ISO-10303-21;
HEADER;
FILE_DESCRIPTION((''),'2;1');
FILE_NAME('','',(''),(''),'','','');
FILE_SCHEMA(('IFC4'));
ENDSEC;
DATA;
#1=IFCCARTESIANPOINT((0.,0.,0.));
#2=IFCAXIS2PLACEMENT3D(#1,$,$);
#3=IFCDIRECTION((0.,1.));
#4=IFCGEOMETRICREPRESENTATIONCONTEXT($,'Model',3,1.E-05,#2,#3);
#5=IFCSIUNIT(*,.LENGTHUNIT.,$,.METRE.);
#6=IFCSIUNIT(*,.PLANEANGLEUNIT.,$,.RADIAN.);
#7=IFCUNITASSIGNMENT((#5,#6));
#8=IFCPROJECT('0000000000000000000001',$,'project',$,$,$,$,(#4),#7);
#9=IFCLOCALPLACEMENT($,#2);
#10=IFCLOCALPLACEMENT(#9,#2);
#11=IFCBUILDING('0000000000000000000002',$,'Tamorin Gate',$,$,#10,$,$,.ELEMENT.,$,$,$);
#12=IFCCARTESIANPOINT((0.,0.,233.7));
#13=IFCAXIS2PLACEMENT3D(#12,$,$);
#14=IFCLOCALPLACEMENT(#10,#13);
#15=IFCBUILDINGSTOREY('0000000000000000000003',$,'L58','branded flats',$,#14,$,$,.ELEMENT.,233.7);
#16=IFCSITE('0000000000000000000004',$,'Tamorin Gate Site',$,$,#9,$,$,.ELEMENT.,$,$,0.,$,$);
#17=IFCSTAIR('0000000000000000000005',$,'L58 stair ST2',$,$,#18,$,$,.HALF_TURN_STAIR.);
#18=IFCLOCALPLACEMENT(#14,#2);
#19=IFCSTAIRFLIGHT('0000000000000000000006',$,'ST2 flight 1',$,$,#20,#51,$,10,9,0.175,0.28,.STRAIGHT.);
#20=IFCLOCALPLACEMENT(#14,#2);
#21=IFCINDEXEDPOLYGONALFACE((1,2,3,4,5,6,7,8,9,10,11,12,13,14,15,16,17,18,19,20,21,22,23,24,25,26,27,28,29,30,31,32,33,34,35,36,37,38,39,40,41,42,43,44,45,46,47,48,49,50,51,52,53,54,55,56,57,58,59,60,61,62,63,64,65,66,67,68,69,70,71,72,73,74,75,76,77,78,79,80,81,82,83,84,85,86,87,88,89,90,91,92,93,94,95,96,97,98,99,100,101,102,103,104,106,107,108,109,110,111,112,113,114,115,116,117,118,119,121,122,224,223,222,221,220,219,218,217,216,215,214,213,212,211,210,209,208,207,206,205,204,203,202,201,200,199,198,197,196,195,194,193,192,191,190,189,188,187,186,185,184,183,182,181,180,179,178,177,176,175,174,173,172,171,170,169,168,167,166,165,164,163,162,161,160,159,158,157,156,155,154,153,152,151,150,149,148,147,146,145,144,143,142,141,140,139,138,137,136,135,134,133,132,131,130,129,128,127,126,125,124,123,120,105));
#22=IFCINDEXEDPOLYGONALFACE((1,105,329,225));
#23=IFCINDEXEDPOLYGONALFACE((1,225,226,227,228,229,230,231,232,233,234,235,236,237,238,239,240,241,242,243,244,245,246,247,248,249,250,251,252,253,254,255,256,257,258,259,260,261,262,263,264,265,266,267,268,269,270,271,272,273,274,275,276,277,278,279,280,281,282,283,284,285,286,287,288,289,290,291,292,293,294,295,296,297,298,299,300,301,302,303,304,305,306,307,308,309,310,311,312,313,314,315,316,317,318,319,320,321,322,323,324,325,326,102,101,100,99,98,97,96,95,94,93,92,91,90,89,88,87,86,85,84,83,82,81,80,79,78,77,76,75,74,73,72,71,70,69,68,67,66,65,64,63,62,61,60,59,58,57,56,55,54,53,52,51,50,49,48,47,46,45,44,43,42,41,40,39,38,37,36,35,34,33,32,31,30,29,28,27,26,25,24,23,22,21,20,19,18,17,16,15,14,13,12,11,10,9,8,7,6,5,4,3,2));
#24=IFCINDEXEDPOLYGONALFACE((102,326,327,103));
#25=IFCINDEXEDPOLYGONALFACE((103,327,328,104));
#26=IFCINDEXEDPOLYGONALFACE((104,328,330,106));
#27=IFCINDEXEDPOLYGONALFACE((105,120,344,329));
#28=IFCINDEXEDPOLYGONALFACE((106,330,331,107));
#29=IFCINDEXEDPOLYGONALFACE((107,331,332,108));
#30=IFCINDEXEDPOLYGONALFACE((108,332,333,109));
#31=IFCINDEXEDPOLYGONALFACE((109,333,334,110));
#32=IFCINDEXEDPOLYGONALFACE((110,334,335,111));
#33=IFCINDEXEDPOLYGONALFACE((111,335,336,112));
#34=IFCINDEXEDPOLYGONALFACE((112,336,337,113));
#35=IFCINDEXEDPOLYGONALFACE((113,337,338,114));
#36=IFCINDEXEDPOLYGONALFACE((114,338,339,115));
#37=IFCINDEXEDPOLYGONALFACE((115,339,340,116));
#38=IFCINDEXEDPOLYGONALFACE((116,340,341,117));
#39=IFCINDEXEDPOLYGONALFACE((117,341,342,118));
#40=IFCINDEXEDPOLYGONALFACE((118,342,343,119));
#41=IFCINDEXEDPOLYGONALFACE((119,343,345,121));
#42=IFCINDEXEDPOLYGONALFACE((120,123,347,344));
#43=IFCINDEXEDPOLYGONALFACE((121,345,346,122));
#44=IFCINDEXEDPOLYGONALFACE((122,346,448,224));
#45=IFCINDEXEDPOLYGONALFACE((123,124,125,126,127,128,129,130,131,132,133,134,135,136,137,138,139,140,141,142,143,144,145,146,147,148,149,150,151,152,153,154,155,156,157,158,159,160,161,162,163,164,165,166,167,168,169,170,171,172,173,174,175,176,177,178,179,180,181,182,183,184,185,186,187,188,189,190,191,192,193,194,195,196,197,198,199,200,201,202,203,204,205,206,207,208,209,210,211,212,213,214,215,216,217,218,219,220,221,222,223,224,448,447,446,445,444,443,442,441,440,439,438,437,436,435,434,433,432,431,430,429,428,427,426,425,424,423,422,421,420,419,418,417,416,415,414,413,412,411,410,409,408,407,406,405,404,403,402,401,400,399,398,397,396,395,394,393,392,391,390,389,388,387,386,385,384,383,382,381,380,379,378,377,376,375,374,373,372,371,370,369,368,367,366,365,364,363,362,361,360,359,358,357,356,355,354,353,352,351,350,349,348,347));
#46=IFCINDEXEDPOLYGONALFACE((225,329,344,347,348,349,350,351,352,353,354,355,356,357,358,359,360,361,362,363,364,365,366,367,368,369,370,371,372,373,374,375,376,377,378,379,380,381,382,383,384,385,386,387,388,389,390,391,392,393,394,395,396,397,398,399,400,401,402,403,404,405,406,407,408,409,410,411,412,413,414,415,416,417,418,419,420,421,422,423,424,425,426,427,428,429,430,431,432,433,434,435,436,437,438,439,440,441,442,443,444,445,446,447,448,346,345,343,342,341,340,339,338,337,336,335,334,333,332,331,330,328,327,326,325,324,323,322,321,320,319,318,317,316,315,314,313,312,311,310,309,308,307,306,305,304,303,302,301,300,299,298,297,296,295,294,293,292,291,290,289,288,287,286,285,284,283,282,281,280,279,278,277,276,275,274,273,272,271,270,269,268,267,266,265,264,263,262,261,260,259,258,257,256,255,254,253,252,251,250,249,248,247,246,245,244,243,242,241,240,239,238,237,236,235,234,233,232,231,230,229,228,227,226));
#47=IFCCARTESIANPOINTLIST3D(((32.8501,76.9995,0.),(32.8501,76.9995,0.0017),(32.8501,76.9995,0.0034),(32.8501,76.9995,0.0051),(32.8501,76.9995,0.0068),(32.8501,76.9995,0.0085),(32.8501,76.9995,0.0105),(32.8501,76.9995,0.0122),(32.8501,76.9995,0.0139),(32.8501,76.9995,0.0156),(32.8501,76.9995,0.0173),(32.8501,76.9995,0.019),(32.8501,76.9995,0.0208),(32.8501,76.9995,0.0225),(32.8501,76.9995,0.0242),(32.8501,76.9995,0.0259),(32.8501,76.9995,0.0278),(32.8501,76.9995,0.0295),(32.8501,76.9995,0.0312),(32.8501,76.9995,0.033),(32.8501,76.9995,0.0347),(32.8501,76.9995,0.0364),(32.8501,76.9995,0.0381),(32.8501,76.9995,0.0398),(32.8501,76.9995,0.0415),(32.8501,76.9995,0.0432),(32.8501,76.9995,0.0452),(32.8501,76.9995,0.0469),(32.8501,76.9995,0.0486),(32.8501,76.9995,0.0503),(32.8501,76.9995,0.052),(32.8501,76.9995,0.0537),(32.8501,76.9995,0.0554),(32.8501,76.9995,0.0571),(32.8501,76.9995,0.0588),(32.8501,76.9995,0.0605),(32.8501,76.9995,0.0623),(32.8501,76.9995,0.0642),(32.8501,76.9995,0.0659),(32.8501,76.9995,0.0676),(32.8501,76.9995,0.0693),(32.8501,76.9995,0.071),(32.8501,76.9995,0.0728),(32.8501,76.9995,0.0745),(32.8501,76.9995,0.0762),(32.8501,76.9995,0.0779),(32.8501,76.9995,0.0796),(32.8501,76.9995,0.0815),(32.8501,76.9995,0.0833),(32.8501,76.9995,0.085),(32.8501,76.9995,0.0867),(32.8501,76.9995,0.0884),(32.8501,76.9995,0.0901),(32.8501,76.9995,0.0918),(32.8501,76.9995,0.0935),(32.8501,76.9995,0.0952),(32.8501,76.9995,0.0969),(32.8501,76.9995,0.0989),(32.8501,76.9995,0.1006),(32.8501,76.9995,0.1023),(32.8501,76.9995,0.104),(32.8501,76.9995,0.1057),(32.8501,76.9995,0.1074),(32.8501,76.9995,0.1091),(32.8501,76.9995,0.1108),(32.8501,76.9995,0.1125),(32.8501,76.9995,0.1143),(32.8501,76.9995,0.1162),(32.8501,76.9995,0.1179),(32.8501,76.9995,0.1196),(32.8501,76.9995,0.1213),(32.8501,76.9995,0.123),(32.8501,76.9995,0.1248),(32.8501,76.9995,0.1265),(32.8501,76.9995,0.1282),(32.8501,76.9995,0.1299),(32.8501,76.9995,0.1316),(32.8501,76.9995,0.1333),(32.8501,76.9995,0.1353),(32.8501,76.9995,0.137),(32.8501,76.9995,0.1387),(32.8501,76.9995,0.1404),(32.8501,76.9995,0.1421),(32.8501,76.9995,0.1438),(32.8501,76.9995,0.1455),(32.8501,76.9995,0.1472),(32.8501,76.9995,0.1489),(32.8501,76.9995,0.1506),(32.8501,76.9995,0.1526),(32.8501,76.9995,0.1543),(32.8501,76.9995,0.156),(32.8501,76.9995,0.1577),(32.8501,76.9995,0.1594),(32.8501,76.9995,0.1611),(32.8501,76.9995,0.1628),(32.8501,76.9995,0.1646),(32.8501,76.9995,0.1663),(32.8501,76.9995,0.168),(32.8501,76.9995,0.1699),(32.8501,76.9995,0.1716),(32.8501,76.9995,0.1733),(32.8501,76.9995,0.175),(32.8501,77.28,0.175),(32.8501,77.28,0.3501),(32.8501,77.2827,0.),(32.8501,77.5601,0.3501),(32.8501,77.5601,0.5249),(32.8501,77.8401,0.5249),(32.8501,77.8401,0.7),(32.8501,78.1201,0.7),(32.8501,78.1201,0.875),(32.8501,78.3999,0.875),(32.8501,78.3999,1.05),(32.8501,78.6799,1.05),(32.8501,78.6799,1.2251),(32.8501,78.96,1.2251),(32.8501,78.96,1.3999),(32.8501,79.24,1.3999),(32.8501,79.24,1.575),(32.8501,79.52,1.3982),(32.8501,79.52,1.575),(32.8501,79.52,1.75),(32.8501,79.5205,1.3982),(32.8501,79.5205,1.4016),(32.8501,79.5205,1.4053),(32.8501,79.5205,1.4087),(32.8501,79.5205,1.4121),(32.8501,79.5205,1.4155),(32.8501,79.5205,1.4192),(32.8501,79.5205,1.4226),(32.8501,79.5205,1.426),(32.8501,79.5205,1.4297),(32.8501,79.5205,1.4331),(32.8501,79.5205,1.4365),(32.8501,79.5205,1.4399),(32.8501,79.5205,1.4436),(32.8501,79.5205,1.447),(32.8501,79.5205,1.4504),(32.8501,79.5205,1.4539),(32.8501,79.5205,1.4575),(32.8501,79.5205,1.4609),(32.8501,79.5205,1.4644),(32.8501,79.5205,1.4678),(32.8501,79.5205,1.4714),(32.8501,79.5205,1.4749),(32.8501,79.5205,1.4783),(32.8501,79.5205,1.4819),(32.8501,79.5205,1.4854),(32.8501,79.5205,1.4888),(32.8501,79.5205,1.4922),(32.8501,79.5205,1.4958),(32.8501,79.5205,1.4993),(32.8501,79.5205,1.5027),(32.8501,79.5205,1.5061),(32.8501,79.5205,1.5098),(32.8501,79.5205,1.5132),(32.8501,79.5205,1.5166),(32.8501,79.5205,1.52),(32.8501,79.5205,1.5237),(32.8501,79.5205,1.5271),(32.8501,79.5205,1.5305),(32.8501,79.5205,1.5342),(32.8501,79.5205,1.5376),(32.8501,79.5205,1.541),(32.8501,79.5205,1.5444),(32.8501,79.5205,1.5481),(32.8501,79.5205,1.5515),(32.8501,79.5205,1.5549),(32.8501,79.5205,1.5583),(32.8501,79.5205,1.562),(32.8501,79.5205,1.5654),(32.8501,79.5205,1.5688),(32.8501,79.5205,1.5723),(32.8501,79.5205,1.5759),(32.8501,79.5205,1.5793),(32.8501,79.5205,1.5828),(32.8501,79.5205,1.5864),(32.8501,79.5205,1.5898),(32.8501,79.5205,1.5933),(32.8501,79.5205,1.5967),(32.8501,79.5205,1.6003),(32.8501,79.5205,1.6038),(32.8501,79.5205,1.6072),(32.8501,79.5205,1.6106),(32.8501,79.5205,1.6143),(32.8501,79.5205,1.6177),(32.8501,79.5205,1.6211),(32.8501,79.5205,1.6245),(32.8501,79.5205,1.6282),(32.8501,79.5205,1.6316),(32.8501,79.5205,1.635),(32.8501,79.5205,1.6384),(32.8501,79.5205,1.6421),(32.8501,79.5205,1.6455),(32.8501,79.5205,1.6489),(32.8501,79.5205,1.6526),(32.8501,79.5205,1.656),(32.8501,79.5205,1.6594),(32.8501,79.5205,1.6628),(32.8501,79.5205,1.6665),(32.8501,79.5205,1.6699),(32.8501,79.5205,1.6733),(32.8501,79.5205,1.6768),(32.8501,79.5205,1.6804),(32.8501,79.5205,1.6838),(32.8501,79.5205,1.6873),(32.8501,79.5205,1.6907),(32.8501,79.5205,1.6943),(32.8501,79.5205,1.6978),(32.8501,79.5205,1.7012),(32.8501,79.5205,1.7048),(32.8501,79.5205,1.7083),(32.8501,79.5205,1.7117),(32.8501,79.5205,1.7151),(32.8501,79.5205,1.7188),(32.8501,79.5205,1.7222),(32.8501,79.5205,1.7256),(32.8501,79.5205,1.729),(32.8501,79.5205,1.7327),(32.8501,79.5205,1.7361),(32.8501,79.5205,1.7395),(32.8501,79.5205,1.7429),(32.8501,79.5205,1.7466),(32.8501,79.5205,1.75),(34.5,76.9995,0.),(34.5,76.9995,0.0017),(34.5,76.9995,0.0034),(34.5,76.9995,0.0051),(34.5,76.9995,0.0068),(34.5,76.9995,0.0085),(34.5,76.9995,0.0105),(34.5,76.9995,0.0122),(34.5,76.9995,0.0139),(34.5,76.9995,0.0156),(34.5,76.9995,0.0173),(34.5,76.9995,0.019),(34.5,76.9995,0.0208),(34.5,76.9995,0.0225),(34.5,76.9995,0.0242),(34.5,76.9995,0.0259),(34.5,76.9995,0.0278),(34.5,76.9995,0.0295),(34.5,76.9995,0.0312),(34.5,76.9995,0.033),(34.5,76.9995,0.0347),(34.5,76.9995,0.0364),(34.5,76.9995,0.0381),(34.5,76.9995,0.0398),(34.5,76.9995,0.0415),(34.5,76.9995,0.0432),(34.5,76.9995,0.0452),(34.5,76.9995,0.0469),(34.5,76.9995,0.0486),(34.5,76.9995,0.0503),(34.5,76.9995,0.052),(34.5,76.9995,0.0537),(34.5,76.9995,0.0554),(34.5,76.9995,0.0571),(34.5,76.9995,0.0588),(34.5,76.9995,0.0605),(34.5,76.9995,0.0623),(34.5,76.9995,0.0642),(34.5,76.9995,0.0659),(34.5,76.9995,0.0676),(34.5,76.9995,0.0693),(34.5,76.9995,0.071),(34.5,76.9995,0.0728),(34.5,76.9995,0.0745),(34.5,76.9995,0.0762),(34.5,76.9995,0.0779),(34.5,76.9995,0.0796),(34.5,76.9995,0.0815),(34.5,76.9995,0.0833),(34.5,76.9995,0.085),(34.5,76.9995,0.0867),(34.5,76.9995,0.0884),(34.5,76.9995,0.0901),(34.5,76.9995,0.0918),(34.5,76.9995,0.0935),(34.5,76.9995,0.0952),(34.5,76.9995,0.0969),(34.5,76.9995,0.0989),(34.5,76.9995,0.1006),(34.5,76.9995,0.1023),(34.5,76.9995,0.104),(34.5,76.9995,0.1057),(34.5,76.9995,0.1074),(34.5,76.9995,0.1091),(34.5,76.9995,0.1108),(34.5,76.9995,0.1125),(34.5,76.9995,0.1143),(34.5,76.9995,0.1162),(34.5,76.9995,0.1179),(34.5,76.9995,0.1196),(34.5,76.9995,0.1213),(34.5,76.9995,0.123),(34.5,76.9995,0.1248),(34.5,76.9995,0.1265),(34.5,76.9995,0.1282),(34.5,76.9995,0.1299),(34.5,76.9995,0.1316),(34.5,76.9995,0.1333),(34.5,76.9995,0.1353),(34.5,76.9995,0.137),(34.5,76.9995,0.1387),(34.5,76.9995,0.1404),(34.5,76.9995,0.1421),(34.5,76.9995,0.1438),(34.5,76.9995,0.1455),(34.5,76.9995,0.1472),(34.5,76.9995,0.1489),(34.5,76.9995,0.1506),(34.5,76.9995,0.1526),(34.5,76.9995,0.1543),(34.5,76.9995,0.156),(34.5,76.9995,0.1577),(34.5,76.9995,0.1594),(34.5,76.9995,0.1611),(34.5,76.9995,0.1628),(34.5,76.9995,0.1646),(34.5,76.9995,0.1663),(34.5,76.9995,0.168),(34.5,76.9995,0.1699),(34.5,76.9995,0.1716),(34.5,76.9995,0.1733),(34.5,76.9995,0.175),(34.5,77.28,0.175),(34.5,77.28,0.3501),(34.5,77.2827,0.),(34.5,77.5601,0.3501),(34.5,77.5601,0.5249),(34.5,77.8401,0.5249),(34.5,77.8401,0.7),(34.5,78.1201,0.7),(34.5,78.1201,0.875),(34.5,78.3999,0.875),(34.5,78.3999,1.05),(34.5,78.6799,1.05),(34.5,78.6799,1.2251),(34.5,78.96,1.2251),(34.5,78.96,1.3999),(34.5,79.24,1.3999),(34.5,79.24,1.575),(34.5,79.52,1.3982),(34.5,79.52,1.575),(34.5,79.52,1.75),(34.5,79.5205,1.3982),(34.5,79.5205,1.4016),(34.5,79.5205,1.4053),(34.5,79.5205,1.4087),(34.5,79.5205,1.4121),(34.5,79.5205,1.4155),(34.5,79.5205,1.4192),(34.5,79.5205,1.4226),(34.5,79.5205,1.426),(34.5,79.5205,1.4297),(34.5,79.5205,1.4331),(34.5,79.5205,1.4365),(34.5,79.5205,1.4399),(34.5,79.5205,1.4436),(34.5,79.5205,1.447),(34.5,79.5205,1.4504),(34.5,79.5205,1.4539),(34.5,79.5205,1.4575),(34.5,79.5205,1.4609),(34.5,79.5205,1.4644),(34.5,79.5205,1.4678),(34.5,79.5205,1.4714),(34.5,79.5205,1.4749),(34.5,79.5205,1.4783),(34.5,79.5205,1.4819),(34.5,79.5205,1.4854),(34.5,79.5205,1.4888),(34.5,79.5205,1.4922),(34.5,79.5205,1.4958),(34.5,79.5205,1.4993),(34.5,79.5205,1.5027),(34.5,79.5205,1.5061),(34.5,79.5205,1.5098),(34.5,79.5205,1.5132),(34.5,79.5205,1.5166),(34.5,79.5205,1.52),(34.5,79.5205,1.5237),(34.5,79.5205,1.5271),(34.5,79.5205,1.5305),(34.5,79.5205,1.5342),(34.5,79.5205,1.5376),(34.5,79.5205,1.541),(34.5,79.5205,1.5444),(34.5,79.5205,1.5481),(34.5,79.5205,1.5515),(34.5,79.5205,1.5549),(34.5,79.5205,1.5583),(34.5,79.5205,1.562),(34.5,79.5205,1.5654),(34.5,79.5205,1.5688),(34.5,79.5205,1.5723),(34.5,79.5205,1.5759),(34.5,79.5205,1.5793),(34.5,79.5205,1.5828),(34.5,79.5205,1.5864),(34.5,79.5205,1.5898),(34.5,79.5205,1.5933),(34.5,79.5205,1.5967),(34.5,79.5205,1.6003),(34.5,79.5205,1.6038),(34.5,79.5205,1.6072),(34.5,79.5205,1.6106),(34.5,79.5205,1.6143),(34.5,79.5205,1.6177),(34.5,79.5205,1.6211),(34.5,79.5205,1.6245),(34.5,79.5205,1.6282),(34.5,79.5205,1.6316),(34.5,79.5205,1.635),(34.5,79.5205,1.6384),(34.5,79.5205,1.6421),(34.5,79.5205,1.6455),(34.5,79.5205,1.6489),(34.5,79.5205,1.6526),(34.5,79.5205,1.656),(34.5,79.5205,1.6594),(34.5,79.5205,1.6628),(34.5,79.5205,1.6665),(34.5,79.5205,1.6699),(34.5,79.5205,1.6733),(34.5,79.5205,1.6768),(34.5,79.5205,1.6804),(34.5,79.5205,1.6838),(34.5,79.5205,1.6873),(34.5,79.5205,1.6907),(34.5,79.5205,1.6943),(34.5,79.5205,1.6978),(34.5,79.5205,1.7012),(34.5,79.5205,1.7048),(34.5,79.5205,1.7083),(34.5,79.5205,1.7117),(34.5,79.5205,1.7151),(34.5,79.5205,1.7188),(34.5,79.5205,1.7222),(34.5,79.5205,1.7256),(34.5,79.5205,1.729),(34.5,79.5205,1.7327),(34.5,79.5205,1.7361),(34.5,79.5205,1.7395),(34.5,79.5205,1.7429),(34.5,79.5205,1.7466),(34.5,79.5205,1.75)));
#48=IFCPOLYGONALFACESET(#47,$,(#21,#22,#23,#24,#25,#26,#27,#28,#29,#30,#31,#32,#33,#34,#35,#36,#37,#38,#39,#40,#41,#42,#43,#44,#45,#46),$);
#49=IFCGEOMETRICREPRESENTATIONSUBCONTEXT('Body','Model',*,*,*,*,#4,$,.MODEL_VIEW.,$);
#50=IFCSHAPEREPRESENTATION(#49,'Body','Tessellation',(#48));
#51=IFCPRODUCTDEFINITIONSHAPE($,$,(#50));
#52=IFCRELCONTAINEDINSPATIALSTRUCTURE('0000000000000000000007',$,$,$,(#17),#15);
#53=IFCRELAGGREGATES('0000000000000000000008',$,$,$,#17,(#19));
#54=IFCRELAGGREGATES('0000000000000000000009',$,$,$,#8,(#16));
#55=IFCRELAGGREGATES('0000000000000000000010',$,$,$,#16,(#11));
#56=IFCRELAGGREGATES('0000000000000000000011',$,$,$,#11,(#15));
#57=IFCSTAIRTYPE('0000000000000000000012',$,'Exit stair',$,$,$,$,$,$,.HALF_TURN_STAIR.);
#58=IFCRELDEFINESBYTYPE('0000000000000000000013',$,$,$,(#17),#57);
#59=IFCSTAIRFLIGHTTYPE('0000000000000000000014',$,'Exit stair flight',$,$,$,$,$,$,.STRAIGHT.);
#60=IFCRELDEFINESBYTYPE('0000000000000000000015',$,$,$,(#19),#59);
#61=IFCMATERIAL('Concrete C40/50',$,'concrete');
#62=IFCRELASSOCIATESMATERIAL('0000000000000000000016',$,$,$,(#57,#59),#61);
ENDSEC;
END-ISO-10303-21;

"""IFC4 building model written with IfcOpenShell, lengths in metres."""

from ifc_helpers import new_model, si_unit, direction, frame, origin, place, context, subcontext, project, spatial, polyline, outline, extrude, material, type_object, element, aggregate, save


model = new_model("IFC4")

# Units and contexts
model_context = context("Model", 3, precision=1e-05, world=origin(), true_north=direction((0.0, 1.0)))
body_context = subcontext(model_context, "Body", "Model", "MODEL_VIEW")
ifc_project = project(units=[si_unit("LENGTHUNIT", "METRE"), si_unit("PLANEANGLEUNIT", "RADIAN")], contexts=[model_context])

# Site, building, storey
site_placement = place(None, origin())
site = spatial("IfcSite", under=ifc_project, at=site_placement, Name="Tamorin Gate Site", CompositionType="ELEMENT", RefElevation=0.0)
building_placement = place(site_placement, origin())
building = spatial("IfcBuilding", under=site, at=building_placement, Name="Tamorin Gate", CompositionType="ELEMENT")
storey_placement = place(building_placement, frame((0.0, 0.0, 233.7)))
storey = spatial("IfcBuildingStorey", under=building, at=storey_placement, Name="L58", Description="branded flats", CompositionType="ELEMENT", Elevation=233.7)

# Shared definitions
ifc_material_1 = material(Name="Concrete C40/50", Category="concrete")

# Shared definitions
stair_type = type_object("IfcStairType", Name="Exit stair", PredefinedType="HALF_TURN_STAIR", material=ifc_material_1)
stair_flight_type = type_object("IfcStairFlightType", Name="Exit stair flight", PredefinedType="STRAIGHT", material=ifc_material_1)

# Stair, stair flight
stair_1_placement = place(storey_placement, origin())
stair_1 = element("IfcStair", 1, at=stair_1_placement, inside=storey, type_object=stair_type, Name="L58 stair ST2", PredefinedType="HALF_TURN_STAIR")
stair_flight_1_placement = place(storey_placement, frame((33.675, 77.0, 0.0), z_axis=(0.0, 0.0, 1.0), x_axis=(0.0, 1.0, 0.0)))
stair_flight_1 = element("IfcStairFlight", 2, at=stair_flight_1_placement, type_object=stair_flight_type, Name="ST2 flight 1", NumberOfRisers=10, NumberOfTreads=9, PredefinedType="STRAIGHT", RiserHeight=0.175, TreadLength=0.28, context=body_context, shape_type="SweptSolid", body=[
    extrude(outline(polyline([(-0.0005, 0.0), (-0.0005, 0.0017), (-0.0005, 0.0034), (-0.0005, 0.0051), (-0.0005, 0.0068), (-0.0005, 0.0085), (-0.0005, 0.0105), (-0.0005, 0.0122), (-0.0005, 0.0139), (-0.0005, 0.0156), (-0.0005, 0.0173), (-0.0005, 0.019), (-0.0005, 0.0208), (-0.0005, 0.0225), (-0.0005, 0.0242), (-0.0005, 0.0259), (-0.0005, 0.0278), (-0.0005, 0.0295), (-0.0005, 0.0312), (-0.0005, 0.033), (-0.0005, 0.0347), (-0.0005, 0.0364), (-0.0005, 0.0381), (-0.0005, 0.0398), (-0.0005, 0.0415), (-0.0005, 0.0432), (-0.0005, 0.0452), (-0.0005, 0.0469), (-0.0005, 0.0486), (-0.0005, 0.0503), (-0.0005, 0.052), (-0.0005, 0.0537), (-0.0005, 0.0554), (-0.0005, 0.0571), (-0.0005, 0.0588), (-0.0005, 0.0605), (-0.0005, 0.0623), (-0.0005, 0.0642), (-0.0005, 0.0659), (-0.0005, 0.0676), (-0.0005, 0.0693), (-0.0005, 0.071), (-0.0005, 0.0728), (-0.0005, 0.0745), (-0.0005, 0.0762), (-0.0005, 0.0779), (-0.0005, 0.0796), (-0.0005, 0.0815), (-0.0005, 0.0833), (-0.0005, 0.085), (-0.0005, 0.0867), (-0.0005, 0.0884), (-0.0005, 0.0901), (-0.0005, 0.0918), (-0.0005, 0.0935), (-0.0005, 0.0952), (-0.0005, 0.0969), (-0.0005, 0.0989), (-0.0005, 0.1006), (-0.0005, 0.1023), (-0.0005, 0.104), (-0.0005, 0.1057), (-0.0005, 0.1074), (-0.0005, 0.1091), (-0.0005, 0.1108), (-0.0005, 0.1125), (-0.0005, 0.1143), (-0.0005, 0.1162), (-0.0005, 0.1179), (-0.0005, 0.1196), (-0.0005, 0.1213), (-0.0005, 0.123), (-0.0005, 0.1248), (-0.0005, 0.1265), (-0.0005, 0.1282), (-0.0005, 0.1299), (-0.0005, 0.1316), (-0.0005, 0.1333), (-0.0005, 0.1353), (-0.0005, 0.137), (-0.0005, 0.1387), (-0.0005, 0.1404), (-0.0005, 0.1421), (-0.0005, 0.1438), (-0.0005, 0.1455), (-0.0005, 0.1472), (-0.0005, 0.1489), (-0.0005, 0.1506), (-0.0005, 0.1526), (-0.0005, 0.1543), (-0.0005, 0.156), (-0.0005, 0.1577), (-0.0005, 0.1594), (-0.0005, 0.1611), (-0.0005, 0.1628), (-0.0005, 0.1646), (-0.0005, 0.1663), (-0.0005, 0.168), (-0.0005, 0.1699), (-0.0005, 0.1716), (-0.0005, 0.1733), (-0.0005, 0.175), (0.28, 0.175), (0.28, 0.3501), (0.5601, 0.3501), (0.5601, 0.5249), (0.8401, 0.5249), (0.8401, 0.7), (1.1201, 0.7), (1.1201, 0.875), (1.3999, 0.875), (1.3999, 1.05), (1.6799, 1.05), (1.6799, 1.2251), (1.96, 1.2251), (1.96, 1.3999), (2.24, 1.3999), (2.24, 1.575), (2.52, 1.575), (2.52, 1.75), (2.5205, 1.75), (2.5205, 1.7466), (2.5205, 1.7429), (2.5205, 1.7395), (2.5205, 1.7361), (2.5205, 1.7327), (2.5205, 1.729), (2.5205, 1.7256), (2.5205, 1.7222), (2.5205, 1.7188), (2.5205, 1.7151), (2.5205, 1.7117), (2.5205, 1.7083), (2.5205, 1.7048), (2.5205, 1.7012), (2.5205, 1.6978), (2.5205, 1.6943), (2.5205, 1.6907), (2.5205, 1.6873), (2.5205, 1.6838), (2.5205, 1.6804), (2.5205, 1.6768), (2.5205, 1.6733), (2.5205, 1.6699), (2.5205, 1.6665), (2.5205, 1.6628), (2.5205, 1.6594), (2.5205, 1.656), (2.5205, 1.6526), (2.5205, 1.6489), (2.5205, 1.6455), (2.5205, 1.6421), (2.5205, 1.6384), (2.5205, 1.635), (2.5205, 1.6316), (2.5205, 1.6282), (2.5205, 1.6245), (2.5205, 1.6211), (2.5205, 1.6177), (2.5205, 1.6143), (2.5205, 1.6106), (2.5205, 1.6072), (2.5205, 1.6038), (2.5205, 1.6003), (2.5205, 1.5967), (2.5205, 1.5933), (2.5205, 1.5898), (2.5205, 1.5864), (2.5205, 1.5828), (2.5205, 1.5793), (2.5205, 1.5759), (2.5205, 1.5723), (2.5205, 1.5688), (2.5205, 1.5654), (2.5205, 1.562), (2.5205, 1.5583), (2.5205, 1.5549), (2.5205, 1.5515), (2.5205, 1.5481), (2.5205, 1.5444), (2.5205, 1.541), (2.5205, 1.5376), (2.5205, 1.5342), (2.5205, 1.5305), (2.5205, 1.5271), (2.5205, 1.5237), (2.5205, 1.52), (2.5205, 1.5166), (2.5205, 1.5132), (2.5205, 1.5098), (2.5205, 1.5061), (2.5205, 1.5027), (2.5205, 1.4993), (2.5205, 1.4958), (2.5205, 1.4922), (2.5205, 1.4888), (2.5205, 1.4854), (2.5205, 1.4819), (2.5205, 1.4783), (2.5205, 1.4749), (2.5205, 1.4714), (2.5205, 1.4678), (2.5205, 1.4644), (2.5205, 1.4609), (2.5205, 1.4575), (2.5205, 1.4539), (2.5205, 1.4504), (2.5205, 1.447), (2.5205, 1.4436), (2.5205, 1.4399), (2.5205, 1.4365), (2.5205, 1.4331), (2.5205, 1.4297), (2.5205, 1.426), (2.5205, 1.4226), (2.5205, 1.4192), (2.5205, 1.4155), (2.5205, 1.4121), (2.5205, 1.4087), (2.5205, 1.4053), (2.5205, 1.4016), (2.5205, 1.3982), (2.52, 1.3982), (0.2827, 0.0), (-0.0005, 0.0)])), frame((0.0, 0.825, 0.0), z_axis=(0.0, -1.0, 0.0), x_axis=(1.0, 0.0, 0.0)), (0.0, 0.0, 1.0), 1.6499),
])
aggregate(stair_1, [stair_flight_1])

save(model, "model.ifc")
